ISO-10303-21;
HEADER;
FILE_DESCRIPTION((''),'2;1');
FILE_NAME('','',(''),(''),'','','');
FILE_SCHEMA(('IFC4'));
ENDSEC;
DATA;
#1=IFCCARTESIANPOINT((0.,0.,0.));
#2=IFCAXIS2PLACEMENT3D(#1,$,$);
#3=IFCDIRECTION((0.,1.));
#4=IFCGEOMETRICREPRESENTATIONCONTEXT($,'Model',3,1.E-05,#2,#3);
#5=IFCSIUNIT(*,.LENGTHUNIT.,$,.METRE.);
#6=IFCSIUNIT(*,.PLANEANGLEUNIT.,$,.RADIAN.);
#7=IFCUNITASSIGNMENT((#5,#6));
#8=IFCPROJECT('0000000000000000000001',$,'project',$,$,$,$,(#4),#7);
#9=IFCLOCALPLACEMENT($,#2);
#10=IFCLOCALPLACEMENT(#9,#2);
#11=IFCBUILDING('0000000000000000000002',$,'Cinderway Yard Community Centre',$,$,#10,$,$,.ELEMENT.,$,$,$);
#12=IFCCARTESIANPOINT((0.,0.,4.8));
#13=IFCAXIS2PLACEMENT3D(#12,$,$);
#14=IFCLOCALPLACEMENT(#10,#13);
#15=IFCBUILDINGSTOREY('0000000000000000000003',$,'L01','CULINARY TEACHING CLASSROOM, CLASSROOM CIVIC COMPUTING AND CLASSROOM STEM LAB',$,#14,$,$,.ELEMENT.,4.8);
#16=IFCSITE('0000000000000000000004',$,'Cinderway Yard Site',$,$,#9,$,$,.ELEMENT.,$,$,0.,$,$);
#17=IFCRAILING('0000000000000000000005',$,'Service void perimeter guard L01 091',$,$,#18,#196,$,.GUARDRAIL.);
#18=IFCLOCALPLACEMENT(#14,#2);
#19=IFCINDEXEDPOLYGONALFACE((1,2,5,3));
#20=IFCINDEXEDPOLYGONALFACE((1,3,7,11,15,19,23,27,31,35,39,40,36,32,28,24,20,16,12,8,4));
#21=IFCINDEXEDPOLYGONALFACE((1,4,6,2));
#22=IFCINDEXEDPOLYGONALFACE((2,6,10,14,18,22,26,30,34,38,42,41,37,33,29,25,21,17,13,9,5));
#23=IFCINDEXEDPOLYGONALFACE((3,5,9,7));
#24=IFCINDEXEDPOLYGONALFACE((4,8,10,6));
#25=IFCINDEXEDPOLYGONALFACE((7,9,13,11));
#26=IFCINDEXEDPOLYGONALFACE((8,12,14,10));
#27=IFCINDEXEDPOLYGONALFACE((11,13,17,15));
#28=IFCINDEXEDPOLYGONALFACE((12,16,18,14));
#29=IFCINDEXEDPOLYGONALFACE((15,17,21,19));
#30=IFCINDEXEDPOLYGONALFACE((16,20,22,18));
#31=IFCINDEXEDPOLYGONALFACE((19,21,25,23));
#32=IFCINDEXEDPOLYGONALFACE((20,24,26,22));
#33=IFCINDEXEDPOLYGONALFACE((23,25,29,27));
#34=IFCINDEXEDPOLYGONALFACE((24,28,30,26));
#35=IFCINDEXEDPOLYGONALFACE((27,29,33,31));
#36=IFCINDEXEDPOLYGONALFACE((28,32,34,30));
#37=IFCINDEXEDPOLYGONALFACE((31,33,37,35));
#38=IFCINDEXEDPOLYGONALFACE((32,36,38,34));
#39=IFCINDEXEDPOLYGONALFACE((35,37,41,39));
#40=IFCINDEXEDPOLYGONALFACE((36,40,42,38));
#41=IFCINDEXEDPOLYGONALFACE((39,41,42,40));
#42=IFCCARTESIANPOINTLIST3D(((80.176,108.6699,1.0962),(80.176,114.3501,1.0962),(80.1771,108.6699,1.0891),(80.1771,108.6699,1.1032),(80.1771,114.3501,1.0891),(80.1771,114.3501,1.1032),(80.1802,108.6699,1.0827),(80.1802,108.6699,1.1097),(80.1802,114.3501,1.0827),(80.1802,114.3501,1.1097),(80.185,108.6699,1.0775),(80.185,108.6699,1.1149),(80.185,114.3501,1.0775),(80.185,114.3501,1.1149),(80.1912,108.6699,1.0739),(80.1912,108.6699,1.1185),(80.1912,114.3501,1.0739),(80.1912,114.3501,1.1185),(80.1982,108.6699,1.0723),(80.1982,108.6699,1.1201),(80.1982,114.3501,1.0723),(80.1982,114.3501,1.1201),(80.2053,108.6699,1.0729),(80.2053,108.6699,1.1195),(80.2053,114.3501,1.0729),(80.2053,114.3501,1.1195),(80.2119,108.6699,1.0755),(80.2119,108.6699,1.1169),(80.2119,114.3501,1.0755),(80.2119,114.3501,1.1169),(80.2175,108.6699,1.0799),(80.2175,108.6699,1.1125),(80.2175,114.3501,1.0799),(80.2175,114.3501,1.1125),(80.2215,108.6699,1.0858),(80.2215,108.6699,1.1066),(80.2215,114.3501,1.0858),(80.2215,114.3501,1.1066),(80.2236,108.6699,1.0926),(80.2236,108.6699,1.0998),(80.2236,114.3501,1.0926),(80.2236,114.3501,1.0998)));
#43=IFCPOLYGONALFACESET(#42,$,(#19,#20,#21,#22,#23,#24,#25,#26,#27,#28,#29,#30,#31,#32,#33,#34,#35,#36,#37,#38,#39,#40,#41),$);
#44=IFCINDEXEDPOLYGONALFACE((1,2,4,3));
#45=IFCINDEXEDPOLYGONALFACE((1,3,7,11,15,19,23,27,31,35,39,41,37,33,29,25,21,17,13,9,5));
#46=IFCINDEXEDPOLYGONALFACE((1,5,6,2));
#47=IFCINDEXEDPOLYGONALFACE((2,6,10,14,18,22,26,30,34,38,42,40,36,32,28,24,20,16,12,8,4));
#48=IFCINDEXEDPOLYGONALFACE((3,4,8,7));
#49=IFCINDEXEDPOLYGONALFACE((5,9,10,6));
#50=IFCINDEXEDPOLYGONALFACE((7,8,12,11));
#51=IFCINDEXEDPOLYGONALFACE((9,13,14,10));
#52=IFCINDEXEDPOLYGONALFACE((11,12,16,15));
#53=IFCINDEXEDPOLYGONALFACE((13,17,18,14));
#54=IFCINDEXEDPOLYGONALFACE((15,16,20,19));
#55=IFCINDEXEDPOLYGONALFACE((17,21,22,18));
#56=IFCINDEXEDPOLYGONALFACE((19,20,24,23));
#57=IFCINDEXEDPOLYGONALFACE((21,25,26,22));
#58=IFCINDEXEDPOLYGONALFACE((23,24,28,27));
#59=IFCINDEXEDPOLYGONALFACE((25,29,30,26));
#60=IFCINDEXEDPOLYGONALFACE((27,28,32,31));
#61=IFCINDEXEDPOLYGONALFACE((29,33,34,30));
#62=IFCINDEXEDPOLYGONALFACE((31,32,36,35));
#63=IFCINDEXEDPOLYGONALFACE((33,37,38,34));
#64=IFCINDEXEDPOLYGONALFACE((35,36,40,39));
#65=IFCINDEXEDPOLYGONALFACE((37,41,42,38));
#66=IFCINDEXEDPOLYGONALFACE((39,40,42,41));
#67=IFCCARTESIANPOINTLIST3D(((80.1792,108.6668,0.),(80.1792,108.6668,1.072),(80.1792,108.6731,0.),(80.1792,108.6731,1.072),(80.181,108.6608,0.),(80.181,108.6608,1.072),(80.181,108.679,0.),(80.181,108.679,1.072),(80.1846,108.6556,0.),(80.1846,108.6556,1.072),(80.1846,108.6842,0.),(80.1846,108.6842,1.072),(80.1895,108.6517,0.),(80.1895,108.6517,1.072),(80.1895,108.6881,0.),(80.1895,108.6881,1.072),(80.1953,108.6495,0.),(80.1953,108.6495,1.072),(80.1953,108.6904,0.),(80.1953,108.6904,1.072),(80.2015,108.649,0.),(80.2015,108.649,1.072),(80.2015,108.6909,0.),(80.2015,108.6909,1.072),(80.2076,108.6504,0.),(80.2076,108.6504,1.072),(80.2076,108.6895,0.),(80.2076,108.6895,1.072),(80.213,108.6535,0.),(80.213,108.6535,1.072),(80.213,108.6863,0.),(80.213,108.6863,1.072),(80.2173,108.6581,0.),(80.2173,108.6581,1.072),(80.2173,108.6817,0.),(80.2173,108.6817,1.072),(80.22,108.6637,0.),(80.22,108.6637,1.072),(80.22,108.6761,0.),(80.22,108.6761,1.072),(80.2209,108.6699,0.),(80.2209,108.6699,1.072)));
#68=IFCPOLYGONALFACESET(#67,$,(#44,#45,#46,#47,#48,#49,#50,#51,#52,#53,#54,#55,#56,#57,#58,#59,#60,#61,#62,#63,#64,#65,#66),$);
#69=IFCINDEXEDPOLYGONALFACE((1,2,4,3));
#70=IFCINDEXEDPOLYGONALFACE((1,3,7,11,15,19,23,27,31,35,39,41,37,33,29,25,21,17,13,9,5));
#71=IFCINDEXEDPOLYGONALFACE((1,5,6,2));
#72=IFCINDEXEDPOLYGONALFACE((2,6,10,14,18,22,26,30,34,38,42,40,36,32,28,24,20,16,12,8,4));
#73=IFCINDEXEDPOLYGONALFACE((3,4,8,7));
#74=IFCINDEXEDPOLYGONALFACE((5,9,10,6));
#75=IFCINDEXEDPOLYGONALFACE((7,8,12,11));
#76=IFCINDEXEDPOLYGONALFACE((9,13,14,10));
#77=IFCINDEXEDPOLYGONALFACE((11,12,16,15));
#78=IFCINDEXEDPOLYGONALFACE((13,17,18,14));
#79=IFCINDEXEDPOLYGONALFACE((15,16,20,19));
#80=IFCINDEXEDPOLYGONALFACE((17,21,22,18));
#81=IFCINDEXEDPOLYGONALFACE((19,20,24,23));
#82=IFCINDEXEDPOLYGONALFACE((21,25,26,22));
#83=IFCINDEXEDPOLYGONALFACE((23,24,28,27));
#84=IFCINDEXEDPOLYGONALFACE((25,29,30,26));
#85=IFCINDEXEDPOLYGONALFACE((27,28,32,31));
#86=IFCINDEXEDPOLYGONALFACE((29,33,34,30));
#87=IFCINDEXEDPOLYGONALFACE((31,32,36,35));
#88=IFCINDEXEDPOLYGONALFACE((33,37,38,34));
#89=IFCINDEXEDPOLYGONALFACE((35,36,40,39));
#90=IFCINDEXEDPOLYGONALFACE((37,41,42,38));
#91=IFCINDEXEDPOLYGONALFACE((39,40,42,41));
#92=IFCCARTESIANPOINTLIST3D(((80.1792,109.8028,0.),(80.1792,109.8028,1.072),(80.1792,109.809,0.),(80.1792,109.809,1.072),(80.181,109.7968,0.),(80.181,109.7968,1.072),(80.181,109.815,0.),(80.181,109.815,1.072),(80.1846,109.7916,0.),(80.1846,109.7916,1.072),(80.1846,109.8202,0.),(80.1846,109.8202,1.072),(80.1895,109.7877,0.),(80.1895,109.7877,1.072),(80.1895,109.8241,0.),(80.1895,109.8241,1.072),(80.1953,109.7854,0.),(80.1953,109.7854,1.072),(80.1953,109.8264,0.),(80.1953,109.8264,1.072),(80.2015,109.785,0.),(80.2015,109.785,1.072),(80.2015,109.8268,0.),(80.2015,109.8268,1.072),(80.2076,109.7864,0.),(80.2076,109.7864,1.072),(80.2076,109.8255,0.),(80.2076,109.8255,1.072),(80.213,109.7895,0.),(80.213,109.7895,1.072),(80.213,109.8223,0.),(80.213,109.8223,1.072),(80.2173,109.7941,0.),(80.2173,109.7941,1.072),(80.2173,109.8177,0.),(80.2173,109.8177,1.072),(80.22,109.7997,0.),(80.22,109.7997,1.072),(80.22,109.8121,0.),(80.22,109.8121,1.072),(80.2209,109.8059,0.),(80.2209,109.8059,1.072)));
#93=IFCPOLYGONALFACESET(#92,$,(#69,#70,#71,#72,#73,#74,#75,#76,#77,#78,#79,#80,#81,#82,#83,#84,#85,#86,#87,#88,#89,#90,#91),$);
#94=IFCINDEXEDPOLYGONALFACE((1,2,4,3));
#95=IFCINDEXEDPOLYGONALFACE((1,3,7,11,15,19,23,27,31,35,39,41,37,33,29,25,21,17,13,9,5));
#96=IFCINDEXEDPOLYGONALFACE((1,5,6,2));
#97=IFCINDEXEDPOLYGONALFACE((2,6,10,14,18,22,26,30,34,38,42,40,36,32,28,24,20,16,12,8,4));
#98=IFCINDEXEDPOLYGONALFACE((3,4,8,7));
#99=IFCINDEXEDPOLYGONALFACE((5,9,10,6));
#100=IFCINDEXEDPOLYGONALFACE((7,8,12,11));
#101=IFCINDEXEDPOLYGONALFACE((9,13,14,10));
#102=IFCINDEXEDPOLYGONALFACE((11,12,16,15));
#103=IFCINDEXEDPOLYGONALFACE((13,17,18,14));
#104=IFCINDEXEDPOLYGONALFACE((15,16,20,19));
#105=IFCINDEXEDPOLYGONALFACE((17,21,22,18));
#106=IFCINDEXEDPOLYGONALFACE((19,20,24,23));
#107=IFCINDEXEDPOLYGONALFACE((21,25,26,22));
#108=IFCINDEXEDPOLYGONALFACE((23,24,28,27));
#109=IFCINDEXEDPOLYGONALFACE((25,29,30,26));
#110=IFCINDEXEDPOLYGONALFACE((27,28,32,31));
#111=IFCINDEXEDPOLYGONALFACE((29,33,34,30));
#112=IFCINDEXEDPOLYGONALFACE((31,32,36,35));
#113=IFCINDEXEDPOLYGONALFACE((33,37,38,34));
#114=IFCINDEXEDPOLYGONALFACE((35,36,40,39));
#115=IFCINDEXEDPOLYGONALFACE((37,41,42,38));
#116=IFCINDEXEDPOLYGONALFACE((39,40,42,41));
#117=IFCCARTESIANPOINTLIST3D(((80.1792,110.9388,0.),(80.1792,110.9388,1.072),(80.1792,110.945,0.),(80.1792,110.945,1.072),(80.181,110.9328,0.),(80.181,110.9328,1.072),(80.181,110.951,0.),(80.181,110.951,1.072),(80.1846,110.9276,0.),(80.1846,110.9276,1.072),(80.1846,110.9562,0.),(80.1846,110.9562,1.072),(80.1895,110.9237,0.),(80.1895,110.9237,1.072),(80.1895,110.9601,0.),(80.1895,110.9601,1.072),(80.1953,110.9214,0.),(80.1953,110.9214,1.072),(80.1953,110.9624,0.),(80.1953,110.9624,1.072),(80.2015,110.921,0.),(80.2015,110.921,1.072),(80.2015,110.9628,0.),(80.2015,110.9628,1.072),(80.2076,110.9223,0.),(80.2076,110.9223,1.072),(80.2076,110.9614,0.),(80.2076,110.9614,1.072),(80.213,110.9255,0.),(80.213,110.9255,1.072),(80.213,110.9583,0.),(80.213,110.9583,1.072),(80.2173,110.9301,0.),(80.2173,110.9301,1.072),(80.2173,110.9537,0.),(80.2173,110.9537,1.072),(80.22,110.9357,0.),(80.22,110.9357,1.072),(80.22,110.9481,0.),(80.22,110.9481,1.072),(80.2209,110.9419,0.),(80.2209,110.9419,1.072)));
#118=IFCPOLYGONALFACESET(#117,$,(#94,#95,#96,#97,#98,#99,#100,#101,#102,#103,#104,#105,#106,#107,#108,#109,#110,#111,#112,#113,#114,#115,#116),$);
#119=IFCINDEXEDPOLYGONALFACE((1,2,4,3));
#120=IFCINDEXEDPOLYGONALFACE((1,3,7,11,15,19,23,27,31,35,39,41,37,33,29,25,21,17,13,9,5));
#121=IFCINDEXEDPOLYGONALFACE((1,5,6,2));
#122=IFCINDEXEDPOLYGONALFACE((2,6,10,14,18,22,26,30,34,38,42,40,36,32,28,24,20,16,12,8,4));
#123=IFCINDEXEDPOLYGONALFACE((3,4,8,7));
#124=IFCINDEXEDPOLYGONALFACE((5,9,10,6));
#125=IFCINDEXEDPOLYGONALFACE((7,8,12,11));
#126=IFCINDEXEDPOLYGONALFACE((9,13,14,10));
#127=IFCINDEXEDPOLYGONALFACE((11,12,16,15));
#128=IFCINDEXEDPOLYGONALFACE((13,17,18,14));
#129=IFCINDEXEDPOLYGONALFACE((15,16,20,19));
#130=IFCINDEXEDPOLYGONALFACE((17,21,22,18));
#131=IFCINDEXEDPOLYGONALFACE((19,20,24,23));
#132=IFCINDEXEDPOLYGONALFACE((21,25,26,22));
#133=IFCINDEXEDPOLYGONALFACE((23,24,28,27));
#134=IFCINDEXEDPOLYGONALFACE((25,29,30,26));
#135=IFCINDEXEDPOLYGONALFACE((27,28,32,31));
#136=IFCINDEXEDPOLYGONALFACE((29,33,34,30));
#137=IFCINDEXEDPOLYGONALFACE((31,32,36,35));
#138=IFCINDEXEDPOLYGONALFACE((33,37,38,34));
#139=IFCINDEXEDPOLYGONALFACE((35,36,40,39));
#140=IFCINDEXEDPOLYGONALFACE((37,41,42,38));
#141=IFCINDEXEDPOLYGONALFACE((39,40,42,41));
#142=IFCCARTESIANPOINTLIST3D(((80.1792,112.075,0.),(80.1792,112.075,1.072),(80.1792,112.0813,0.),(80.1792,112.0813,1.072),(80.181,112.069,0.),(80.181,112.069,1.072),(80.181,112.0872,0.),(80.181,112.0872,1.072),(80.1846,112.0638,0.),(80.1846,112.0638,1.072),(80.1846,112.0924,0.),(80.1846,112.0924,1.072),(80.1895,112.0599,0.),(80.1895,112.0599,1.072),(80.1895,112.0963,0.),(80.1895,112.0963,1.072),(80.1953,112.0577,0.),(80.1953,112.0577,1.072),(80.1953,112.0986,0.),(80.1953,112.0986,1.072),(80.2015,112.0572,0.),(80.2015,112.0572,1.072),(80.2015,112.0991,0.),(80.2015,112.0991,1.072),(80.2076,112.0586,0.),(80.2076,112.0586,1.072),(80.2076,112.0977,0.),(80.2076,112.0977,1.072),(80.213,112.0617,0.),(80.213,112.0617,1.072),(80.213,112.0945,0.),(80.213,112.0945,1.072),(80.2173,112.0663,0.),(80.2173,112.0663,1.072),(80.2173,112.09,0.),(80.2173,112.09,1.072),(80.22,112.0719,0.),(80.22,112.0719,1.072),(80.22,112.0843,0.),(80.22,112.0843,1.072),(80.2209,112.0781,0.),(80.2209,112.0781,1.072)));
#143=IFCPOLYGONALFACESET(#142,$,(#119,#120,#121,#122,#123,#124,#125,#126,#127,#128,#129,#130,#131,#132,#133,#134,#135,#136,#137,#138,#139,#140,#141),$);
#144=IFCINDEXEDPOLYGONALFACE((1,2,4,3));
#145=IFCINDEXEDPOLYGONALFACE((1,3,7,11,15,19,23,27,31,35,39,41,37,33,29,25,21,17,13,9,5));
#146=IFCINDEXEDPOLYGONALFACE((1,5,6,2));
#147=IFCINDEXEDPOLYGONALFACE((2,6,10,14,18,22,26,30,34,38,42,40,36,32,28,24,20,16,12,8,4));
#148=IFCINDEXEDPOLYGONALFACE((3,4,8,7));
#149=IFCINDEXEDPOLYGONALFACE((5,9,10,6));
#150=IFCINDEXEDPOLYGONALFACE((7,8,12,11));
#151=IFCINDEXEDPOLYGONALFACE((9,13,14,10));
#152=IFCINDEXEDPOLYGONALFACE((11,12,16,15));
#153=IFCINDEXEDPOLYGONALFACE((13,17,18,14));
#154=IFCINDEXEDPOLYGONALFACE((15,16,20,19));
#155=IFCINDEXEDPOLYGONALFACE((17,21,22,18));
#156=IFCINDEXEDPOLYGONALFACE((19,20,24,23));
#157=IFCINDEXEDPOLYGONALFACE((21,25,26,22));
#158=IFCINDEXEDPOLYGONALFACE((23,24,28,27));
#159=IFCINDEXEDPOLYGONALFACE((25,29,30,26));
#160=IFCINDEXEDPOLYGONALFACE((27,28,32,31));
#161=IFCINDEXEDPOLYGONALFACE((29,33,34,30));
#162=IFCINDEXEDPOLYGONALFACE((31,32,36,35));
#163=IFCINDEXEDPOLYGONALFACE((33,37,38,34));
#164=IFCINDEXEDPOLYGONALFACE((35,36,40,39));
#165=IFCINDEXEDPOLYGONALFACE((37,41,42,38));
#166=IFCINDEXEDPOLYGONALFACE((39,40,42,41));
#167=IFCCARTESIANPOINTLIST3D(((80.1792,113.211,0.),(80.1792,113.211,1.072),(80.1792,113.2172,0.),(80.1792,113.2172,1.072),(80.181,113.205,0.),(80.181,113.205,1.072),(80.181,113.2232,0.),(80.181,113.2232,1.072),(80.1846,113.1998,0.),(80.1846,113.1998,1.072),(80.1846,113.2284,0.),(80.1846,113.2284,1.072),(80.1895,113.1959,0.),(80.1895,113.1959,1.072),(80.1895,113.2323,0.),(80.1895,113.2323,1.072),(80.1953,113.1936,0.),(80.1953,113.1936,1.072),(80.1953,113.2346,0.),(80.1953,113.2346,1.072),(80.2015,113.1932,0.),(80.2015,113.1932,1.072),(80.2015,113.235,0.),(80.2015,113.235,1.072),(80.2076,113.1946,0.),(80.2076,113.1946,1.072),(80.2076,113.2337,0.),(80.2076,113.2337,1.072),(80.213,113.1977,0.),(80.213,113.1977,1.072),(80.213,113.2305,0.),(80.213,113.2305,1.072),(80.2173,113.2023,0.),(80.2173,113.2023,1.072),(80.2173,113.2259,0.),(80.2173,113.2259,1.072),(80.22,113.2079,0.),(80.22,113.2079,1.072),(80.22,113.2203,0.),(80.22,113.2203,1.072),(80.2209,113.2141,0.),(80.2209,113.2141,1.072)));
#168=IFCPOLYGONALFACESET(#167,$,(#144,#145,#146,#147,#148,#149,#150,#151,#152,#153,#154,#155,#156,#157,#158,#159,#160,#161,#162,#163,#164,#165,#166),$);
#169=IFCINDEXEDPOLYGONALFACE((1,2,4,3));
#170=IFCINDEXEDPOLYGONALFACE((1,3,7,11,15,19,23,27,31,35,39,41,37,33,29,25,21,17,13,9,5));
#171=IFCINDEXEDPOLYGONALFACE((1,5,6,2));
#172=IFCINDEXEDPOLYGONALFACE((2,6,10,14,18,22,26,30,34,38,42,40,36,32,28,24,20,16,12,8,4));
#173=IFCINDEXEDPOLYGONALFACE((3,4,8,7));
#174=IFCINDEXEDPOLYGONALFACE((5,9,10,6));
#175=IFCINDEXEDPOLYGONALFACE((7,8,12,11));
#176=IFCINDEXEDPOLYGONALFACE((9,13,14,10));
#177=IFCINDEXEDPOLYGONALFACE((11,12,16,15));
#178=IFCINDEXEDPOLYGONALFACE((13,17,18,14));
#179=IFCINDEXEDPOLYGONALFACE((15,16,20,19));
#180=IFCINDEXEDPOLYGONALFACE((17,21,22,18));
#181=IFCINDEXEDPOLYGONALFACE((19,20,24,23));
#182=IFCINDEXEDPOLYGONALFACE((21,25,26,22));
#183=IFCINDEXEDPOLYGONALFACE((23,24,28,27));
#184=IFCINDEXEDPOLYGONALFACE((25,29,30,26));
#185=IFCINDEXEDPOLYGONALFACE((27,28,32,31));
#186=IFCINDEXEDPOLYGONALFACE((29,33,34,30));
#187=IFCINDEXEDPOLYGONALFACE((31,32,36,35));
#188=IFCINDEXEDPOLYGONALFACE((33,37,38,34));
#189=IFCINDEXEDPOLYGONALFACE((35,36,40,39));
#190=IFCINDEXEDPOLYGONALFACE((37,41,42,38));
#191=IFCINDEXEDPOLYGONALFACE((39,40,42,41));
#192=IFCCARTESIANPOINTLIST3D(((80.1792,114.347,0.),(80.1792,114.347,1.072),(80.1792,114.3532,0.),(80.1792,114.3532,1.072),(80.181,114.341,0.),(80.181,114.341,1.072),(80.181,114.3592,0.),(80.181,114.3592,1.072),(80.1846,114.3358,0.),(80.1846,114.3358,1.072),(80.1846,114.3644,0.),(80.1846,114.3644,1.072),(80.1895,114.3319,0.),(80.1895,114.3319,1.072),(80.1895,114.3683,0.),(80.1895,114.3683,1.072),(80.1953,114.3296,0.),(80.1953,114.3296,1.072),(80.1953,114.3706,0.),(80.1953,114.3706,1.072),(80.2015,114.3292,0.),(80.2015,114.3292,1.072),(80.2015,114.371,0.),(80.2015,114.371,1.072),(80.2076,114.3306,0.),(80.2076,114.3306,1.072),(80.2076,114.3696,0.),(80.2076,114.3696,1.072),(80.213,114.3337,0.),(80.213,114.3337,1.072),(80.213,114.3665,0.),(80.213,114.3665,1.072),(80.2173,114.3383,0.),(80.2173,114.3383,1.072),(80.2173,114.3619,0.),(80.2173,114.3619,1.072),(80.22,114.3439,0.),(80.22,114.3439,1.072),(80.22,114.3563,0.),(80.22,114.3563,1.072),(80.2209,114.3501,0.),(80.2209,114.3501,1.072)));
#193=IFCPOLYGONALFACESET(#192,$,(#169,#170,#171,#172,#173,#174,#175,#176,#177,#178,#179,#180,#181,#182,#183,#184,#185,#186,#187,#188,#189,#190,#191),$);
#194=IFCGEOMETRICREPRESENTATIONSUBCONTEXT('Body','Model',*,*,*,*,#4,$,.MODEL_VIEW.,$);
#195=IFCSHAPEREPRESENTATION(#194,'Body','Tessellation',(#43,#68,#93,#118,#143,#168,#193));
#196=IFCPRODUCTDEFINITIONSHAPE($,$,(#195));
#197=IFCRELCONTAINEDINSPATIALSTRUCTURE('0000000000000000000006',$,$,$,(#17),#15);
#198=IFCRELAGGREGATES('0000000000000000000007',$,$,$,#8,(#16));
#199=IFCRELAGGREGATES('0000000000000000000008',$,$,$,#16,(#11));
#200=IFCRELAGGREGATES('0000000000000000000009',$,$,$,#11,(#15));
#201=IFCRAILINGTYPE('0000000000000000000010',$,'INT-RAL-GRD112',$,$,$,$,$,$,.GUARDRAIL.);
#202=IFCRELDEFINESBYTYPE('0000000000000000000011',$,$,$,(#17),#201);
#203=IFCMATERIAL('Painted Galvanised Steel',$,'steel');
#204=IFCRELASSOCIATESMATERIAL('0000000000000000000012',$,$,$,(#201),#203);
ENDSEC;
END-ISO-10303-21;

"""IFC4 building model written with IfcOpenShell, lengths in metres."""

from ifc_helpers import new_model, si_unit, direction, frame, origin, origin_2d, place, context, subcontext, project, spatial, circle, extrude, material, type_object, element, save


model = new_model("IFC4")

# Units and contexts
model_context = context("Model", 3, precision=1e-05, world=origin(), true_north=direction((0.0, 1.0)))
body_context = subcontext(model_context, "Body", "Model", "MODEL_VIEW")
ifc_project = project(units=[si_unit("LENGTHUNIT", "METRE"), si_unit("PLANEANGLEUNIT", "RADIAN")], contexts=[model_context])

# Site, building, storey
site_placement = place(None, origin())
site = spatial("IfcSite", under=ifc_project, at=site_placement, Name="Cinderway Yard Site", CompositionType="ELEMENT", RefElevation=0.0)
building_placement = place(site_placement, origin())
building = spatial("IfcBuilding", under=site, at=building_placement, Name="Cinderway Yard Community Centre", CompositionType="ELEMENT")
storey_placement = place(building_placement, frame((0.0, 0.0, 4.8)))
storey = spatial("IfcBuildingStorey", under=building, at=storey_placement, Name="L01", Description="CULINARY TEACHING CLASSROOM, CLASSROOM CIVIC COMPUTING AND CLASSROOM STEM LAB", CompositionType="ELEMENT", Elevation=4.8)

# Shared definitions
ifc_material_1 = material(Name="Painted Galvanised Steel", Category="steel")

# Railing
railing_type_1 = type_object("IfcRailingType", Name="INT-RAL-GRD112", PredefinedType="GUARDRAIL", material=ifc_material_1)
railing_1_placement = place(storey_placement, frame((80.2, 108.6699, 0.0)))
element("IfcRailing", 1, at=railing_1_placement, inside=storey, type_object=railing_type_1, Name="Service void perimeter guard L01 091", PredefinedType="GUARDRAIL", context=body_context, shape_type="SweptSolid", body=[
    extrude(circle(Radius=0.0239, at=origin_2d()), frame((0.0, 0.0, 1.0962), z_axis=(0.0, 1.0, 0.0), x_axis=(-1.0, 0.0, 0.0)), (0.0, 0.0, 1.0), 5.6802),
    extrude(circle(Radius=0.021, at=origin_2d()), origin(), (0.0, 0.0, 1.0), 1.072),
    extrude(circle(Radius=0.021, at=origin_2d()), frame((0.0, 1.136, 0.0)), (0.0, 0.0, 1.0), 1.072),
    extrude(circle(Radius=0.021, at=origin_2d()), frame((0.0, 2.272, 0.0)), (0.0, 0.0, 1.0), 1.072),
    extrude(circle(Radius=0.021, at=origin_2d()), frame((0.0, 3.4082, 0.0)), (0.0, 0.0, 1.0), 1.072),
    extrude(circle(Radius=0.021, at=origin_2d()), frame((0.0, 4.5442, 0.0)), (0.0, 0.0, 1.0), 1.072),
    extrude(circle(Radius=0.021, at=origin_2d()), frame((0.0, 5.6802, 0.0)), (0.0, 0.0, 1.0), 1.072),
])

save(model, "model.ifc")
